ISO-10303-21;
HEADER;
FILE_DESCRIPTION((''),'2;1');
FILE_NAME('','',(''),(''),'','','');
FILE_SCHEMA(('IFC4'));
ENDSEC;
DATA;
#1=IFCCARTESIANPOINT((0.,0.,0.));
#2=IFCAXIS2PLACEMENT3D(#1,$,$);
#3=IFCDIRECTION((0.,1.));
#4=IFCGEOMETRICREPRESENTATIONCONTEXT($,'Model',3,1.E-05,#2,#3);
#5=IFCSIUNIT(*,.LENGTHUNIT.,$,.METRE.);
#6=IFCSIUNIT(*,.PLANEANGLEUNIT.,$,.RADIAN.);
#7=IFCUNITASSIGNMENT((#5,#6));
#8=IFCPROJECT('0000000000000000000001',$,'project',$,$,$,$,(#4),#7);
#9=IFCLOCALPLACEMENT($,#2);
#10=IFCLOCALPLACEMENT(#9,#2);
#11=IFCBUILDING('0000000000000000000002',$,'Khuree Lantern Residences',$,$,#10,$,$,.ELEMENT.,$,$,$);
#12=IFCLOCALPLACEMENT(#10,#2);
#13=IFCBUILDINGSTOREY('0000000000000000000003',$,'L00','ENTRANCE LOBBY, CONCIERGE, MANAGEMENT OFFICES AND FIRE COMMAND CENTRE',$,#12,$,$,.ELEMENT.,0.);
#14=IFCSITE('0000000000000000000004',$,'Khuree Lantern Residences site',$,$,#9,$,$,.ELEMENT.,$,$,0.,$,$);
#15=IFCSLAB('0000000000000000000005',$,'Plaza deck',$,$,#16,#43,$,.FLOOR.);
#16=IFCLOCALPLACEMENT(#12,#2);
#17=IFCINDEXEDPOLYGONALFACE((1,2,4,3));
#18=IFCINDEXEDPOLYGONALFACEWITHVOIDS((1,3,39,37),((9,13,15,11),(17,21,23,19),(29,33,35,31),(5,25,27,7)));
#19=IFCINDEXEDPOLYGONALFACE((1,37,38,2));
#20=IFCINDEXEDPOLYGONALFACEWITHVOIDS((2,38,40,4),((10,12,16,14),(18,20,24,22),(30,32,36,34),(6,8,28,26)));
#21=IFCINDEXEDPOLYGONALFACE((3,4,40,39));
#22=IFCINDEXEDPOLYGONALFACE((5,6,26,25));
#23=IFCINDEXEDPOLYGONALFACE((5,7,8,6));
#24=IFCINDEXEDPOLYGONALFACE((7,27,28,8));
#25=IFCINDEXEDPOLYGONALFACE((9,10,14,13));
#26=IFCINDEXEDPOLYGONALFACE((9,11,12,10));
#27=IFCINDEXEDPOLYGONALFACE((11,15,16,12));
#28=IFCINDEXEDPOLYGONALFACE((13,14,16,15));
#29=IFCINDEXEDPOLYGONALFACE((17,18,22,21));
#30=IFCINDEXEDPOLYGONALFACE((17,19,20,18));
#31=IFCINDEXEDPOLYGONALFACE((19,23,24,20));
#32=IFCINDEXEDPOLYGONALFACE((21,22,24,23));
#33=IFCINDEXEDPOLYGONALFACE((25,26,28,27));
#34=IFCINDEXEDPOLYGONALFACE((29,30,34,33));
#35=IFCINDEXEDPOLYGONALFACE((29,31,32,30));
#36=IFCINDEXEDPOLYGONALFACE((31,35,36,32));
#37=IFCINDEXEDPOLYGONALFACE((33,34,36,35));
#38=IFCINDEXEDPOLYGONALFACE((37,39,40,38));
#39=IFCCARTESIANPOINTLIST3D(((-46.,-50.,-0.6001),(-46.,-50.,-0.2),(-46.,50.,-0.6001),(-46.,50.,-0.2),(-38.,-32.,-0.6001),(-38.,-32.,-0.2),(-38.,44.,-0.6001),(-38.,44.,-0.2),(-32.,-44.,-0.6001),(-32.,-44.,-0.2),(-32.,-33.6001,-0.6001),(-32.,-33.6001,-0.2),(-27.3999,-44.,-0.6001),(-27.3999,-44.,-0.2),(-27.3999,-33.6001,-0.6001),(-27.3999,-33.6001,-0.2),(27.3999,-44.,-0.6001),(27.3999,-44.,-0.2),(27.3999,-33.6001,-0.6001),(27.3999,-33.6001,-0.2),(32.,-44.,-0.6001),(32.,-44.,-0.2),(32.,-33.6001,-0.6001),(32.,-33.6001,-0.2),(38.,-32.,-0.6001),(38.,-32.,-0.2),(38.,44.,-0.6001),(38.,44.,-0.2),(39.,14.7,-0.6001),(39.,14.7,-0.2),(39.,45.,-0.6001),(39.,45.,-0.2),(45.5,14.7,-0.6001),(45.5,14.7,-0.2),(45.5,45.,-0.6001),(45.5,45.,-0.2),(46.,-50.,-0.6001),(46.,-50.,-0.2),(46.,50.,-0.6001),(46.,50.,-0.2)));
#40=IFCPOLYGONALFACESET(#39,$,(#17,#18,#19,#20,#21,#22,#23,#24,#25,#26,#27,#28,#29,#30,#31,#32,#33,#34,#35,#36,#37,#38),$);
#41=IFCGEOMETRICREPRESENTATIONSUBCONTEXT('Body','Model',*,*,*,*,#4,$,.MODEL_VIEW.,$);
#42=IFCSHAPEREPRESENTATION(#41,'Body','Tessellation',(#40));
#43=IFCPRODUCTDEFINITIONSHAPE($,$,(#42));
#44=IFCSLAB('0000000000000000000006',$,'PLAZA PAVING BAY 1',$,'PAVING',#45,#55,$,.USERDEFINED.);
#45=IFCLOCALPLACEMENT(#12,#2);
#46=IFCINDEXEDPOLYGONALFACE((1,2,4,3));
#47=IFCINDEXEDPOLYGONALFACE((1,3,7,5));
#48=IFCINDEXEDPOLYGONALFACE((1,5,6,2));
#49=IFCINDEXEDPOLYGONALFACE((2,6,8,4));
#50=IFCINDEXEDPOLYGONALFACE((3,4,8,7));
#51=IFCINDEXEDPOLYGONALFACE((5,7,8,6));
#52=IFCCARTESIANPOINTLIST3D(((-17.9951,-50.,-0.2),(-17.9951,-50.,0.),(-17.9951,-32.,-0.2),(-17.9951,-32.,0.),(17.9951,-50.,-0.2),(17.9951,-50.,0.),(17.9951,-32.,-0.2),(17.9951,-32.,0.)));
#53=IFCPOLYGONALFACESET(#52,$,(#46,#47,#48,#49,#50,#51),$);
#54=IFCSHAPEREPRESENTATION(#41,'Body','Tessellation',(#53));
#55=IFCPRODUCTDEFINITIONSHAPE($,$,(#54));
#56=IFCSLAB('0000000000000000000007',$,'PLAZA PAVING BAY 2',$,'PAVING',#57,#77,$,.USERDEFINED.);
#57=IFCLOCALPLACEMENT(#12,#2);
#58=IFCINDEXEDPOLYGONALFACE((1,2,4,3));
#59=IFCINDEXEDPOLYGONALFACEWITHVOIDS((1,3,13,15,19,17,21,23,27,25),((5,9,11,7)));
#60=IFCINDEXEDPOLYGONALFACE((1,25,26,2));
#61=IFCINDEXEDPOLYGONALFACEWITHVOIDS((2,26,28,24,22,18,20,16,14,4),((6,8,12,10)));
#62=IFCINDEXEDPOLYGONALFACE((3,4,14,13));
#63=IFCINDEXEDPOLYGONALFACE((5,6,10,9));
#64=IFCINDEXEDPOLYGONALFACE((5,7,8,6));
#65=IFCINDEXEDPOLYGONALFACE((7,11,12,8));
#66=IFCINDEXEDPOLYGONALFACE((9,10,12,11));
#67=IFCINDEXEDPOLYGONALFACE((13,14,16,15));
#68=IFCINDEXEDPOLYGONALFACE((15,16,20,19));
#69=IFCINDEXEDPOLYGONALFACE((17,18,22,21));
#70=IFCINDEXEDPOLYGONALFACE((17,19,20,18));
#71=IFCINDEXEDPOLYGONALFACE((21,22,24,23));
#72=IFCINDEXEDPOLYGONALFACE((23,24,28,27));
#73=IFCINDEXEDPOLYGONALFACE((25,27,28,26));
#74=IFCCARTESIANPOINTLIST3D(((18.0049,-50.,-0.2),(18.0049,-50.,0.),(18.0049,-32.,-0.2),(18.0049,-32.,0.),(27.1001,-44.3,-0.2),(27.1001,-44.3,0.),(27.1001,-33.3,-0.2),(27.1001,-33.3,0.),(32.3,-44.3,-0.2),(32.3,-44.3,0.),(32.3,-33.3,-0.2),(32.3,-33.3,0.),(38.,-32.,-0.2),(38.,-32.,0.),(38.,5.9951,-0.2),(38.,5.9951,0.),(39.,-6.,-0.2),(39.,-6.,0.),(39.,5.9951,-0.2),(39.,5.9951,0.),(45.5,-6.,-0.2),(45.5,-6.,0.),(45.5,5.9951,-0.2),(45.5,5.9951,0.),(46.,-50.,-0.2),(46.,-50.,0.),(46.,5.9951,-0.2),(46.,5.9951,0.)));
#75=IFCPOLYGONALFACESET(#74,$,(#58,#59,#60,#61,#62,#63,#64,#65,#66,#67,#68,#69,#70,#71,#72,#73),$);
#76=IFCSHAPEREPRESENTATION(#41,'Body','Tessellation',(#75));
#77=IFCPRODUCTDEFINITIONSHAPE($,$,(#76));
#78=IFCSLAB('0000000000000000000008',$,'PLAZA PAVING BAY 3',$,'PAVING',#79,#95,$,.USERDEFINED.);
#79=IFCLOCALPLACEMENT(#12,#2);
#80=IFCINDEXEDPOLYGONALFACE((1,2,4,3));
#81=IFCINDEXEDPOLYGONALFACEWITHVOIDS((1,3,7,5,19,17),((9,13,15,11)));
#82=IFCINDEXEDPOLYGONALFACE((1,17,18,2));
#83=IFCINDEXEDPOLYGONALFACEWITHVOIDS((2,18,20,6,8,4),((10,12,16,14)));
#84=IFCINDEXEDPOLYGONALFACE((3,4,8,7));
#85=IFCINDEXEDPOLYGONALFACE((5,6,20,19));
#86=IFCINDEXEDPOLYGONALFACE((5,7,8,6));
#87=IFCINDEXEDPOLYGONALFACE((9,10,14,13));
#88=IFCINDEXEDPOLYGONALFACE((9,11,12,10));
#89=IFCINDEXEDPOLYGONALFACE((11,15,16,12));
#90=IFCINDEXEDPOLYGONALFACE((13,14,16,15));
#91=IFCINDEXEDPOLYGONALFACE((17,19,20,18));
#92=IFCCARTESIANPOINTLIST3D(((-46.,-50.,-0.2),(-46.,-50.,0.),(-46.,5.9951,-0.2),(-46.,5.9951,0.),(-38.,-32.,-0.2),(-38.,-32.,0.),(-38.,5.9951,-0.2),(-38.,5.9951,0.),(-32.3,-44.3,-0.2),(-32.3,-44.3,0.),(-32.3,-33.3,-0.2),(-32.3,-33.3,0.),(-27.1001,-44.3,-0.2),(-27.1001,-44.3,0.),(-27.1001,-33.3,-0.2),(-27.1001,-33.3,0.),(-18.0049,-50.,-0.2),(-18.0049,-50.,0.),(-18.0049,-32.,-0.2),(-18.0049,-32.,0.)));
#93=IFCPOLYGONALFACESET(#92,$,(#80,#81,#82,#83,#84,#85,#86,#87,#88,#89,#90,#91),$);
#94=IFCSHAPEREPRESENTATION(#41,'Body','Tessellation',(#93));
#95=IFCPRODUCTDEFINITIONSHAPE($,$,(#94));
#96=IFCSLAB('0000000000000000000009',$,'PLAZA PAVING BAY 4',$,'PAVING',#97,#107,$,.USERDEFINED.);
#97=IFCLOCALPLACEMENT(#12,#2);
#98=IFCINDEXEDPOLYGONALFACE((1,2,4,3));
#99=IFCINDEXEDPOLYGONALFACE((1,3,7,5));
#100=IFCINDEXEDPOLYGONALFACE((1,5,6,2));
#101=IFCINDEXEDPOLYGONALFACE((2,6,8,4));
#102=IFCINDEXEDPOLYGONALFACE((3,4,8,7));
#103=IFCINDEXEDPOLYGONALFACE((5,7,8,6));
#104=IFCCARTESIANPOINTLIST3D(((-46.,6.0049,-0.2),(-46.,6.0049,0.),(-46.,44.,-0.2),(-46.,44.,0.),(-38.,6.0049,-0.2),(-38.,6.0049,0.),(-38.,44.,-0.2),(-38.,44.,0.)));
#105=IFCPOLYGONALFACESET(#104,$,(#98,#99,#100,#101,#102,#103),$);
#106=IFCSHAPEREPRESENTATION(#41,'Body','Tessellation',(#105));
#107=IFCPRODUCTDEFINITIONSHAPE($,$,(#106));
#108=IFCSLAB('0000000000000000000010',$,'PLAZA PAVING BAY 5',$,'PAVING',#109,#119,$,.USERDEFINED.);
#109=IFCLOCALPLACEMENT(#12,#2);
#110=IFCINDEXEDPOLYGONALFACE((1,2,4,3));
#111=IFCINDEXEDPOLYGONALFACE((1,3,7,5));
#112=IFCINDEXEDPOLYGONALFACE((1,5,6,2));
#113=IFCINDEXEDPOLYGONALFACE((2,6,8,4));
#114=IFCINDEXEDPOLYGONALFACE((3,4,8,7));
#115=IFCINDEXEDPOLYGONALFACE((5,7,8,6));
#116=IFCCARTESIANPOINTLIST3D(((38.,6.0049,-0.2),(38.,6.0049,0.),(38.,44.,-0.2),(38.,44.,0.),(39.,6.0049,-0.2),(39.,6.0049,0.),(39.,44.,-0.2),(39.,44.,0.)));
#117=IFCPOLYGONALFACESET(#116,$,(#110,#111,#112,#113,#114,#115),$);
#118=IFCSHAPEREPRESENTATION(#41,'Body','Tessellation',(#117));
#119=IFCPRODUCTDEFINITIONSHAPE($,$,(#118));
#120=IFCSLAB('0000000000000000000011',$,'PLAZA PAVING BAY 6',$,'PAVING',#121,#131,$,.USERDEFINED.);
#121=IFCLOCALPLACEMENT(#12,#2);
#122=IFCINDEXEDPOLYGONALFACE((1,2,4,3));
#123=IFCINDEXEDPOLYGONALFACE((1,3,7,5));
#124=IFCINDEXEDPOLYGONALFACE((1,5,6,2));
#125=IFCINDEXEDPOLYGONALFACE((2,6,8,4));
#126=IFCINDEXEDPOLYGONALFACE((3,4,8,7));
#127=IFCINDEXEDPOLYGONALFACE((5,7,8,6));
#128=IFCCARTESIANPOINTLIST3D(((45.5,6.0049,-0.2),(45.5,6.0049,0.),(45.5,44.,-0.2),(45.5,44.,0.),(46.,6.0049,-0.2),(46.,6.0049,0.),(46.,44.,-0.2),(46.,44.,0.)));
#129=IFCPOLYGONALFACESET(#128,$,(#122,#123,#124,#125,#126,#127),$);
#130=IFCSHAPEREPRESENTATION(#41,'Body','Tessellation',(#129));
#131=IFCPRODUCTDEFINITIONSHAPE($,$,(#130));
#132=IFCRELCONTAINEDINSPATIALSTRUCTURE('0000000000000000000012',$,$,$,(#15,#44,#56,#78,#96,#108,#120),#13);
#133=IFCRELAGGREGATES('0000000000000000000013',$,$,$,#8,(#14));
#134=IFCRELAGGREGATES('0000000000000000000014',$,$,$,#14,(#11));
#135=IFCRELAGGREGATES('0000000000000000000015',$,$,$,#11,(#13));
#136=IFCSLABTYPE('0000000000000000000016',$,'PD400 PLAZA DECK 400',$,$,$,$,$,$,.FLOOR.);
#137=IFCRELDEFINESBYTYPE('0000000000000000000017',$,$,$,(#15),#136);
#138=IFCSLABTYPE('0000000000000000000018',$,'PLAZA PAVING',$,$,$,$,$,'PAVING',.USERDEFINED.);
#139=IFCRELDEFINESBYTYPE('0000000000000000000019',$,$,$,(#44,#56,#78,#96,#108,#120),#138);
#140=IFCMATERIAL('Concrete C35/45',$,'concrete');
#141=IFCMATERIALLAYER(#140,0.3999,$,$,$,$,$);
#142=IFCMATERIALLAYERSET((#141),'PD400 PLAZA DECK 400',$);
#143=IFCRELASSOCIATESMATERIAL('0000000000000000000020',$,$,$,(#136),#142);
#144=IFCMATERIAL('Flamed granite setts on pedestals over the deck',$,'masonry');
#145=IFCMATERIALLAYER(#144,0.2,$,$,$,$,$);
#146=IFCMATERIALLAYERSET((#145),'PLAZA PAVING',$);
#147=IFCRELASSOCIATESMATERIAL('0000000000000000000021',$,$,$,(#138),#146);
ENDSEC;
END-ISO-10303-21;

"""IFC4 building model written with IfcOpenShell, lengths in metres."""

from ifc_helpers import new_model, si_unit, direction, frame, origin, place, context, subcontext, project, spatial, polyline, outline, extrude, material, layer, layer_set, type_object, element, save


model = new_model("IFC4")

# Units and contexts
model_context = context("Model", 3, precision=1e-05, world=origin(), true_north=direction((0.0, 1.0)))
body_context = subcontext(model_context, "Body", "Model", "MODEL_VIEW")
ifc_project = project(units=[si_unit("LENGTHUNIT", "METRE"), si_unit("PLANEANGLEUNIT", "RADIAN")], contexts=[model_context])

# Site, building, storey
site_placement = place(None, origin())
site = spatial("IfcSite", under=ifc_project, at=site_placement, Name="Khuree Lantern Residences site", CompositionType="ELEMENT", RefElevation=0.0)
building_placement = place(site_placement, origin())
building = spatial("IfcBuilding", under=site, at=building_placement, Name="Khuree Lantern Residences", CompositionType="ELEMENT")
storey_placement = place(building_placement, origin())
storey = spatial("IfcBuildingStorey", under=building, at=storey_placement, Name="L00", Description="ENTRANCE LOBBY, CONCIERGE, MANAGEMENT OFFICES AND FIRE COMMAND CENTRE", CompositionType="ELEMENT", Elevation=0.0)

# Slabs
ifc_material_1 = material(Name="Concrete C35/45", Category="concrete")
ifc_layer_1 = layer(ifc_material_1, 0.3999)
ifc_layer_set_1 = layer_set([ifc_layer_1], Name="PD400 PLAZA DECK 400")
slab_type_1 = type_object("IfcSlabType", Name="PD400 PLAZA DECK 400", PredefinedType="FLOOR", material=ifc_layer_set_1)
slab_1_placement = place(storey_placement, frame((0.0, 0.0, -0.6001)))
element("IfcSlab", 1, at=slab_1_placement, inside=storey, type_object=slab_type_1, Name="Plaza deck", PredefinedType="FLOOR", context=body_context, shape_type="SweptSolid", body=[
    extrude(outline(polyline([(46.0, 50.0), (46.0, -50.0), (-46.0, -50.0), (-46.0, 50.0), (46.0, 50.0)]), holes=[polyline([(39.0, 45.0), (39.0, 14.7), (45.5, 14.7), (45.5, 45.0), (39.0, 45.0)]), polyline([(-38.0, -32.0), (38.0, -32.0), (38.0, 44.0), (-38.0, 44.0), (-38.0, -32.0)]), polyline([(32.0, -33.6001), (27.3999, -33.6001), (27.3999, -44.0), (32.0, -44.0), (32.0, -33.6001)]), polyline([(-27.3999, -33.6001), (-32.0, -33.6001), (-32.0, -44.0), (-27.3999, -44.0), (-27.3999, -33.6001)])]), origin(), (0.0, 0.0, 1.0), 0.4001),
])
ifc_material_2 = material(Name="Flamed granite setts on pedestals over the deck", Category="masonry")
ifc_layer_2 = layer(ifc_material_2, 0.2)
ifc_layer_set_2 = layer_set([ifc_layer_2], Name="PLAZA PAVING")
slab_type_2 = type_object("IfcSlabType", Name="PLAZA PAVING", ElementType="PAVING", PredefinedType="USERDEFINED", material=ifc_layer_set_2)
slab_2_placement = place(storey_placement, frame((0.0, 0.0, -0.2)))
element("IfcSlab", 2, at=slab_2_placement, inside=storey, type_object=slab_type_2, Name="PLAZA PAVING BAY 1", ObjectType="PAVING", PredefinedType="USERDEFINED", context=body_context, shape_type="SweptSolid", body=[
    extrude(outline(polyline([(17.9951, -32.0), (17.9951, -50.0), (-17.9951, -50.0), (-17.9951, -32.0), (17.9951, -32.0)])), origin(), (0.0, 0.0, 1.0), 0.2),
])
slab_3_placement = place(storey_placement, frame((0.0, 0.0, -0.2)))
element("IfcSlab", 3, at=slab_3_placement, inside=storey, type_object=slab_type_2, Name="PLAZA PAVING BAY 2", ObjectType="PAVING", PredefinedType="USERDEFINED", context=body_context, shape_type="SweptSolid", body=[
    extrude(outline(polyline([(38.0, -32.0), (38.0, 5.9951), (39.0, 5.9951), (39.0, -6.0), (45.5, -6.0), (45.5, 5.9951), (46.0, 5.9951), (46.0, -50.0), (18.0049, -50.0), (18.0049, -32.0), (38.0, -32.0)]), holes=[polyline([(27.1001, -44.3), (32.3, -44.3), (32.3, -33.3), (27.1001, -33.3), (27.1001, -44.3)])]), origin(), (0.0, 0.0, 1.0), 0.2),
])
slab_4_placement = place(storey_placement, frame((0.0, 0.0, -0.2)))
element("IfcSlab", 4, at=slab_4_placement, inside=storey, type_object=slab_type_2, Name="PLAZA PAVING BAY 3", ObjectType="PAVING", PredefinedType="USERDEFINED", context=body_context, shape_type="SweptSolid", body=[
    extrude(outline(polyline([(-18.0049, -32.0), (-18.0049, -50.0), (-46.0, -50.0), (-46.0, 5.9951), (-38.0, 5.9951), (-38.0, -32.0), (-18.0049, -32.0)]), holes=[polyline([(-27.1001, -44.3), (-27.1001, -33.3), (-32.3, -33.3), (-32.3, -44.3), (-27.1001, -44.3)])]), origin(), (0.0, 0.0, 1.0), 0.2),
])
slab_5_placement = place(storey_placement, frame((0.0, 0.0, -0.2)))
element("IfcSlab", 5, at=slab_5_placement, inside=storey, type_object=slab_type_2, Name="PLAZA PAVING BAY 4", ObjectType="PAVING", PredefinedType="USERDEFINED", context=body_context, shape_type="SweptSolid", body=[
    extrude(outline(polyline([(-46.0, 44.0), (-38.0, 44.0), (-38.0, 6.0049), (-46.0, 6.0049), (-46.0, 44.0)])), origin(), (0.0, 0.0, 1.0), 0.2),
])
slab_6_placement = place(storey_placement, frame((0.0, 0.0, -0.2)))
element("IfcSlab", 6, at=slab_6_placement, inside=storey, type_object=slab_type_2, Name="PLAZA PAVING BAY 5", ObjectType="PAVING", PredefinedType="USERDEFINED", context=body_context, shape_type="SweptSolid", body=[
    extrude(outline(polyline([(38.0, 44.0), (39.0, 44.0), (39.0, 6.0049), (38.0, 6.0049), (38.0, 44.0)])), origin(), (0.0, 0.0, 1.0), 0.2),
])
slab_7_placement = place(storey_placement, frame((0.0, 0.0, -0.2)))
element("IfcSlab", 7, at=slab_7_placement, inside=storey, type_object=slab_type_2, Name="PLAZA PAVING BAY 6", ObjectType="PAVING", PredefinedType="USERDEFINED", context=body_context, shape_type="SweptSolid", body=[
    extrude(outline(polyline([(45.5, 44.0), (46.0, 44.0), (46.0, 6.0049), (45.5, 6.0049), (45.5, 44.0)])), origin(), (0.0, 0.0, 1.0), 0.2),
])

save(model, "model.ifc")
